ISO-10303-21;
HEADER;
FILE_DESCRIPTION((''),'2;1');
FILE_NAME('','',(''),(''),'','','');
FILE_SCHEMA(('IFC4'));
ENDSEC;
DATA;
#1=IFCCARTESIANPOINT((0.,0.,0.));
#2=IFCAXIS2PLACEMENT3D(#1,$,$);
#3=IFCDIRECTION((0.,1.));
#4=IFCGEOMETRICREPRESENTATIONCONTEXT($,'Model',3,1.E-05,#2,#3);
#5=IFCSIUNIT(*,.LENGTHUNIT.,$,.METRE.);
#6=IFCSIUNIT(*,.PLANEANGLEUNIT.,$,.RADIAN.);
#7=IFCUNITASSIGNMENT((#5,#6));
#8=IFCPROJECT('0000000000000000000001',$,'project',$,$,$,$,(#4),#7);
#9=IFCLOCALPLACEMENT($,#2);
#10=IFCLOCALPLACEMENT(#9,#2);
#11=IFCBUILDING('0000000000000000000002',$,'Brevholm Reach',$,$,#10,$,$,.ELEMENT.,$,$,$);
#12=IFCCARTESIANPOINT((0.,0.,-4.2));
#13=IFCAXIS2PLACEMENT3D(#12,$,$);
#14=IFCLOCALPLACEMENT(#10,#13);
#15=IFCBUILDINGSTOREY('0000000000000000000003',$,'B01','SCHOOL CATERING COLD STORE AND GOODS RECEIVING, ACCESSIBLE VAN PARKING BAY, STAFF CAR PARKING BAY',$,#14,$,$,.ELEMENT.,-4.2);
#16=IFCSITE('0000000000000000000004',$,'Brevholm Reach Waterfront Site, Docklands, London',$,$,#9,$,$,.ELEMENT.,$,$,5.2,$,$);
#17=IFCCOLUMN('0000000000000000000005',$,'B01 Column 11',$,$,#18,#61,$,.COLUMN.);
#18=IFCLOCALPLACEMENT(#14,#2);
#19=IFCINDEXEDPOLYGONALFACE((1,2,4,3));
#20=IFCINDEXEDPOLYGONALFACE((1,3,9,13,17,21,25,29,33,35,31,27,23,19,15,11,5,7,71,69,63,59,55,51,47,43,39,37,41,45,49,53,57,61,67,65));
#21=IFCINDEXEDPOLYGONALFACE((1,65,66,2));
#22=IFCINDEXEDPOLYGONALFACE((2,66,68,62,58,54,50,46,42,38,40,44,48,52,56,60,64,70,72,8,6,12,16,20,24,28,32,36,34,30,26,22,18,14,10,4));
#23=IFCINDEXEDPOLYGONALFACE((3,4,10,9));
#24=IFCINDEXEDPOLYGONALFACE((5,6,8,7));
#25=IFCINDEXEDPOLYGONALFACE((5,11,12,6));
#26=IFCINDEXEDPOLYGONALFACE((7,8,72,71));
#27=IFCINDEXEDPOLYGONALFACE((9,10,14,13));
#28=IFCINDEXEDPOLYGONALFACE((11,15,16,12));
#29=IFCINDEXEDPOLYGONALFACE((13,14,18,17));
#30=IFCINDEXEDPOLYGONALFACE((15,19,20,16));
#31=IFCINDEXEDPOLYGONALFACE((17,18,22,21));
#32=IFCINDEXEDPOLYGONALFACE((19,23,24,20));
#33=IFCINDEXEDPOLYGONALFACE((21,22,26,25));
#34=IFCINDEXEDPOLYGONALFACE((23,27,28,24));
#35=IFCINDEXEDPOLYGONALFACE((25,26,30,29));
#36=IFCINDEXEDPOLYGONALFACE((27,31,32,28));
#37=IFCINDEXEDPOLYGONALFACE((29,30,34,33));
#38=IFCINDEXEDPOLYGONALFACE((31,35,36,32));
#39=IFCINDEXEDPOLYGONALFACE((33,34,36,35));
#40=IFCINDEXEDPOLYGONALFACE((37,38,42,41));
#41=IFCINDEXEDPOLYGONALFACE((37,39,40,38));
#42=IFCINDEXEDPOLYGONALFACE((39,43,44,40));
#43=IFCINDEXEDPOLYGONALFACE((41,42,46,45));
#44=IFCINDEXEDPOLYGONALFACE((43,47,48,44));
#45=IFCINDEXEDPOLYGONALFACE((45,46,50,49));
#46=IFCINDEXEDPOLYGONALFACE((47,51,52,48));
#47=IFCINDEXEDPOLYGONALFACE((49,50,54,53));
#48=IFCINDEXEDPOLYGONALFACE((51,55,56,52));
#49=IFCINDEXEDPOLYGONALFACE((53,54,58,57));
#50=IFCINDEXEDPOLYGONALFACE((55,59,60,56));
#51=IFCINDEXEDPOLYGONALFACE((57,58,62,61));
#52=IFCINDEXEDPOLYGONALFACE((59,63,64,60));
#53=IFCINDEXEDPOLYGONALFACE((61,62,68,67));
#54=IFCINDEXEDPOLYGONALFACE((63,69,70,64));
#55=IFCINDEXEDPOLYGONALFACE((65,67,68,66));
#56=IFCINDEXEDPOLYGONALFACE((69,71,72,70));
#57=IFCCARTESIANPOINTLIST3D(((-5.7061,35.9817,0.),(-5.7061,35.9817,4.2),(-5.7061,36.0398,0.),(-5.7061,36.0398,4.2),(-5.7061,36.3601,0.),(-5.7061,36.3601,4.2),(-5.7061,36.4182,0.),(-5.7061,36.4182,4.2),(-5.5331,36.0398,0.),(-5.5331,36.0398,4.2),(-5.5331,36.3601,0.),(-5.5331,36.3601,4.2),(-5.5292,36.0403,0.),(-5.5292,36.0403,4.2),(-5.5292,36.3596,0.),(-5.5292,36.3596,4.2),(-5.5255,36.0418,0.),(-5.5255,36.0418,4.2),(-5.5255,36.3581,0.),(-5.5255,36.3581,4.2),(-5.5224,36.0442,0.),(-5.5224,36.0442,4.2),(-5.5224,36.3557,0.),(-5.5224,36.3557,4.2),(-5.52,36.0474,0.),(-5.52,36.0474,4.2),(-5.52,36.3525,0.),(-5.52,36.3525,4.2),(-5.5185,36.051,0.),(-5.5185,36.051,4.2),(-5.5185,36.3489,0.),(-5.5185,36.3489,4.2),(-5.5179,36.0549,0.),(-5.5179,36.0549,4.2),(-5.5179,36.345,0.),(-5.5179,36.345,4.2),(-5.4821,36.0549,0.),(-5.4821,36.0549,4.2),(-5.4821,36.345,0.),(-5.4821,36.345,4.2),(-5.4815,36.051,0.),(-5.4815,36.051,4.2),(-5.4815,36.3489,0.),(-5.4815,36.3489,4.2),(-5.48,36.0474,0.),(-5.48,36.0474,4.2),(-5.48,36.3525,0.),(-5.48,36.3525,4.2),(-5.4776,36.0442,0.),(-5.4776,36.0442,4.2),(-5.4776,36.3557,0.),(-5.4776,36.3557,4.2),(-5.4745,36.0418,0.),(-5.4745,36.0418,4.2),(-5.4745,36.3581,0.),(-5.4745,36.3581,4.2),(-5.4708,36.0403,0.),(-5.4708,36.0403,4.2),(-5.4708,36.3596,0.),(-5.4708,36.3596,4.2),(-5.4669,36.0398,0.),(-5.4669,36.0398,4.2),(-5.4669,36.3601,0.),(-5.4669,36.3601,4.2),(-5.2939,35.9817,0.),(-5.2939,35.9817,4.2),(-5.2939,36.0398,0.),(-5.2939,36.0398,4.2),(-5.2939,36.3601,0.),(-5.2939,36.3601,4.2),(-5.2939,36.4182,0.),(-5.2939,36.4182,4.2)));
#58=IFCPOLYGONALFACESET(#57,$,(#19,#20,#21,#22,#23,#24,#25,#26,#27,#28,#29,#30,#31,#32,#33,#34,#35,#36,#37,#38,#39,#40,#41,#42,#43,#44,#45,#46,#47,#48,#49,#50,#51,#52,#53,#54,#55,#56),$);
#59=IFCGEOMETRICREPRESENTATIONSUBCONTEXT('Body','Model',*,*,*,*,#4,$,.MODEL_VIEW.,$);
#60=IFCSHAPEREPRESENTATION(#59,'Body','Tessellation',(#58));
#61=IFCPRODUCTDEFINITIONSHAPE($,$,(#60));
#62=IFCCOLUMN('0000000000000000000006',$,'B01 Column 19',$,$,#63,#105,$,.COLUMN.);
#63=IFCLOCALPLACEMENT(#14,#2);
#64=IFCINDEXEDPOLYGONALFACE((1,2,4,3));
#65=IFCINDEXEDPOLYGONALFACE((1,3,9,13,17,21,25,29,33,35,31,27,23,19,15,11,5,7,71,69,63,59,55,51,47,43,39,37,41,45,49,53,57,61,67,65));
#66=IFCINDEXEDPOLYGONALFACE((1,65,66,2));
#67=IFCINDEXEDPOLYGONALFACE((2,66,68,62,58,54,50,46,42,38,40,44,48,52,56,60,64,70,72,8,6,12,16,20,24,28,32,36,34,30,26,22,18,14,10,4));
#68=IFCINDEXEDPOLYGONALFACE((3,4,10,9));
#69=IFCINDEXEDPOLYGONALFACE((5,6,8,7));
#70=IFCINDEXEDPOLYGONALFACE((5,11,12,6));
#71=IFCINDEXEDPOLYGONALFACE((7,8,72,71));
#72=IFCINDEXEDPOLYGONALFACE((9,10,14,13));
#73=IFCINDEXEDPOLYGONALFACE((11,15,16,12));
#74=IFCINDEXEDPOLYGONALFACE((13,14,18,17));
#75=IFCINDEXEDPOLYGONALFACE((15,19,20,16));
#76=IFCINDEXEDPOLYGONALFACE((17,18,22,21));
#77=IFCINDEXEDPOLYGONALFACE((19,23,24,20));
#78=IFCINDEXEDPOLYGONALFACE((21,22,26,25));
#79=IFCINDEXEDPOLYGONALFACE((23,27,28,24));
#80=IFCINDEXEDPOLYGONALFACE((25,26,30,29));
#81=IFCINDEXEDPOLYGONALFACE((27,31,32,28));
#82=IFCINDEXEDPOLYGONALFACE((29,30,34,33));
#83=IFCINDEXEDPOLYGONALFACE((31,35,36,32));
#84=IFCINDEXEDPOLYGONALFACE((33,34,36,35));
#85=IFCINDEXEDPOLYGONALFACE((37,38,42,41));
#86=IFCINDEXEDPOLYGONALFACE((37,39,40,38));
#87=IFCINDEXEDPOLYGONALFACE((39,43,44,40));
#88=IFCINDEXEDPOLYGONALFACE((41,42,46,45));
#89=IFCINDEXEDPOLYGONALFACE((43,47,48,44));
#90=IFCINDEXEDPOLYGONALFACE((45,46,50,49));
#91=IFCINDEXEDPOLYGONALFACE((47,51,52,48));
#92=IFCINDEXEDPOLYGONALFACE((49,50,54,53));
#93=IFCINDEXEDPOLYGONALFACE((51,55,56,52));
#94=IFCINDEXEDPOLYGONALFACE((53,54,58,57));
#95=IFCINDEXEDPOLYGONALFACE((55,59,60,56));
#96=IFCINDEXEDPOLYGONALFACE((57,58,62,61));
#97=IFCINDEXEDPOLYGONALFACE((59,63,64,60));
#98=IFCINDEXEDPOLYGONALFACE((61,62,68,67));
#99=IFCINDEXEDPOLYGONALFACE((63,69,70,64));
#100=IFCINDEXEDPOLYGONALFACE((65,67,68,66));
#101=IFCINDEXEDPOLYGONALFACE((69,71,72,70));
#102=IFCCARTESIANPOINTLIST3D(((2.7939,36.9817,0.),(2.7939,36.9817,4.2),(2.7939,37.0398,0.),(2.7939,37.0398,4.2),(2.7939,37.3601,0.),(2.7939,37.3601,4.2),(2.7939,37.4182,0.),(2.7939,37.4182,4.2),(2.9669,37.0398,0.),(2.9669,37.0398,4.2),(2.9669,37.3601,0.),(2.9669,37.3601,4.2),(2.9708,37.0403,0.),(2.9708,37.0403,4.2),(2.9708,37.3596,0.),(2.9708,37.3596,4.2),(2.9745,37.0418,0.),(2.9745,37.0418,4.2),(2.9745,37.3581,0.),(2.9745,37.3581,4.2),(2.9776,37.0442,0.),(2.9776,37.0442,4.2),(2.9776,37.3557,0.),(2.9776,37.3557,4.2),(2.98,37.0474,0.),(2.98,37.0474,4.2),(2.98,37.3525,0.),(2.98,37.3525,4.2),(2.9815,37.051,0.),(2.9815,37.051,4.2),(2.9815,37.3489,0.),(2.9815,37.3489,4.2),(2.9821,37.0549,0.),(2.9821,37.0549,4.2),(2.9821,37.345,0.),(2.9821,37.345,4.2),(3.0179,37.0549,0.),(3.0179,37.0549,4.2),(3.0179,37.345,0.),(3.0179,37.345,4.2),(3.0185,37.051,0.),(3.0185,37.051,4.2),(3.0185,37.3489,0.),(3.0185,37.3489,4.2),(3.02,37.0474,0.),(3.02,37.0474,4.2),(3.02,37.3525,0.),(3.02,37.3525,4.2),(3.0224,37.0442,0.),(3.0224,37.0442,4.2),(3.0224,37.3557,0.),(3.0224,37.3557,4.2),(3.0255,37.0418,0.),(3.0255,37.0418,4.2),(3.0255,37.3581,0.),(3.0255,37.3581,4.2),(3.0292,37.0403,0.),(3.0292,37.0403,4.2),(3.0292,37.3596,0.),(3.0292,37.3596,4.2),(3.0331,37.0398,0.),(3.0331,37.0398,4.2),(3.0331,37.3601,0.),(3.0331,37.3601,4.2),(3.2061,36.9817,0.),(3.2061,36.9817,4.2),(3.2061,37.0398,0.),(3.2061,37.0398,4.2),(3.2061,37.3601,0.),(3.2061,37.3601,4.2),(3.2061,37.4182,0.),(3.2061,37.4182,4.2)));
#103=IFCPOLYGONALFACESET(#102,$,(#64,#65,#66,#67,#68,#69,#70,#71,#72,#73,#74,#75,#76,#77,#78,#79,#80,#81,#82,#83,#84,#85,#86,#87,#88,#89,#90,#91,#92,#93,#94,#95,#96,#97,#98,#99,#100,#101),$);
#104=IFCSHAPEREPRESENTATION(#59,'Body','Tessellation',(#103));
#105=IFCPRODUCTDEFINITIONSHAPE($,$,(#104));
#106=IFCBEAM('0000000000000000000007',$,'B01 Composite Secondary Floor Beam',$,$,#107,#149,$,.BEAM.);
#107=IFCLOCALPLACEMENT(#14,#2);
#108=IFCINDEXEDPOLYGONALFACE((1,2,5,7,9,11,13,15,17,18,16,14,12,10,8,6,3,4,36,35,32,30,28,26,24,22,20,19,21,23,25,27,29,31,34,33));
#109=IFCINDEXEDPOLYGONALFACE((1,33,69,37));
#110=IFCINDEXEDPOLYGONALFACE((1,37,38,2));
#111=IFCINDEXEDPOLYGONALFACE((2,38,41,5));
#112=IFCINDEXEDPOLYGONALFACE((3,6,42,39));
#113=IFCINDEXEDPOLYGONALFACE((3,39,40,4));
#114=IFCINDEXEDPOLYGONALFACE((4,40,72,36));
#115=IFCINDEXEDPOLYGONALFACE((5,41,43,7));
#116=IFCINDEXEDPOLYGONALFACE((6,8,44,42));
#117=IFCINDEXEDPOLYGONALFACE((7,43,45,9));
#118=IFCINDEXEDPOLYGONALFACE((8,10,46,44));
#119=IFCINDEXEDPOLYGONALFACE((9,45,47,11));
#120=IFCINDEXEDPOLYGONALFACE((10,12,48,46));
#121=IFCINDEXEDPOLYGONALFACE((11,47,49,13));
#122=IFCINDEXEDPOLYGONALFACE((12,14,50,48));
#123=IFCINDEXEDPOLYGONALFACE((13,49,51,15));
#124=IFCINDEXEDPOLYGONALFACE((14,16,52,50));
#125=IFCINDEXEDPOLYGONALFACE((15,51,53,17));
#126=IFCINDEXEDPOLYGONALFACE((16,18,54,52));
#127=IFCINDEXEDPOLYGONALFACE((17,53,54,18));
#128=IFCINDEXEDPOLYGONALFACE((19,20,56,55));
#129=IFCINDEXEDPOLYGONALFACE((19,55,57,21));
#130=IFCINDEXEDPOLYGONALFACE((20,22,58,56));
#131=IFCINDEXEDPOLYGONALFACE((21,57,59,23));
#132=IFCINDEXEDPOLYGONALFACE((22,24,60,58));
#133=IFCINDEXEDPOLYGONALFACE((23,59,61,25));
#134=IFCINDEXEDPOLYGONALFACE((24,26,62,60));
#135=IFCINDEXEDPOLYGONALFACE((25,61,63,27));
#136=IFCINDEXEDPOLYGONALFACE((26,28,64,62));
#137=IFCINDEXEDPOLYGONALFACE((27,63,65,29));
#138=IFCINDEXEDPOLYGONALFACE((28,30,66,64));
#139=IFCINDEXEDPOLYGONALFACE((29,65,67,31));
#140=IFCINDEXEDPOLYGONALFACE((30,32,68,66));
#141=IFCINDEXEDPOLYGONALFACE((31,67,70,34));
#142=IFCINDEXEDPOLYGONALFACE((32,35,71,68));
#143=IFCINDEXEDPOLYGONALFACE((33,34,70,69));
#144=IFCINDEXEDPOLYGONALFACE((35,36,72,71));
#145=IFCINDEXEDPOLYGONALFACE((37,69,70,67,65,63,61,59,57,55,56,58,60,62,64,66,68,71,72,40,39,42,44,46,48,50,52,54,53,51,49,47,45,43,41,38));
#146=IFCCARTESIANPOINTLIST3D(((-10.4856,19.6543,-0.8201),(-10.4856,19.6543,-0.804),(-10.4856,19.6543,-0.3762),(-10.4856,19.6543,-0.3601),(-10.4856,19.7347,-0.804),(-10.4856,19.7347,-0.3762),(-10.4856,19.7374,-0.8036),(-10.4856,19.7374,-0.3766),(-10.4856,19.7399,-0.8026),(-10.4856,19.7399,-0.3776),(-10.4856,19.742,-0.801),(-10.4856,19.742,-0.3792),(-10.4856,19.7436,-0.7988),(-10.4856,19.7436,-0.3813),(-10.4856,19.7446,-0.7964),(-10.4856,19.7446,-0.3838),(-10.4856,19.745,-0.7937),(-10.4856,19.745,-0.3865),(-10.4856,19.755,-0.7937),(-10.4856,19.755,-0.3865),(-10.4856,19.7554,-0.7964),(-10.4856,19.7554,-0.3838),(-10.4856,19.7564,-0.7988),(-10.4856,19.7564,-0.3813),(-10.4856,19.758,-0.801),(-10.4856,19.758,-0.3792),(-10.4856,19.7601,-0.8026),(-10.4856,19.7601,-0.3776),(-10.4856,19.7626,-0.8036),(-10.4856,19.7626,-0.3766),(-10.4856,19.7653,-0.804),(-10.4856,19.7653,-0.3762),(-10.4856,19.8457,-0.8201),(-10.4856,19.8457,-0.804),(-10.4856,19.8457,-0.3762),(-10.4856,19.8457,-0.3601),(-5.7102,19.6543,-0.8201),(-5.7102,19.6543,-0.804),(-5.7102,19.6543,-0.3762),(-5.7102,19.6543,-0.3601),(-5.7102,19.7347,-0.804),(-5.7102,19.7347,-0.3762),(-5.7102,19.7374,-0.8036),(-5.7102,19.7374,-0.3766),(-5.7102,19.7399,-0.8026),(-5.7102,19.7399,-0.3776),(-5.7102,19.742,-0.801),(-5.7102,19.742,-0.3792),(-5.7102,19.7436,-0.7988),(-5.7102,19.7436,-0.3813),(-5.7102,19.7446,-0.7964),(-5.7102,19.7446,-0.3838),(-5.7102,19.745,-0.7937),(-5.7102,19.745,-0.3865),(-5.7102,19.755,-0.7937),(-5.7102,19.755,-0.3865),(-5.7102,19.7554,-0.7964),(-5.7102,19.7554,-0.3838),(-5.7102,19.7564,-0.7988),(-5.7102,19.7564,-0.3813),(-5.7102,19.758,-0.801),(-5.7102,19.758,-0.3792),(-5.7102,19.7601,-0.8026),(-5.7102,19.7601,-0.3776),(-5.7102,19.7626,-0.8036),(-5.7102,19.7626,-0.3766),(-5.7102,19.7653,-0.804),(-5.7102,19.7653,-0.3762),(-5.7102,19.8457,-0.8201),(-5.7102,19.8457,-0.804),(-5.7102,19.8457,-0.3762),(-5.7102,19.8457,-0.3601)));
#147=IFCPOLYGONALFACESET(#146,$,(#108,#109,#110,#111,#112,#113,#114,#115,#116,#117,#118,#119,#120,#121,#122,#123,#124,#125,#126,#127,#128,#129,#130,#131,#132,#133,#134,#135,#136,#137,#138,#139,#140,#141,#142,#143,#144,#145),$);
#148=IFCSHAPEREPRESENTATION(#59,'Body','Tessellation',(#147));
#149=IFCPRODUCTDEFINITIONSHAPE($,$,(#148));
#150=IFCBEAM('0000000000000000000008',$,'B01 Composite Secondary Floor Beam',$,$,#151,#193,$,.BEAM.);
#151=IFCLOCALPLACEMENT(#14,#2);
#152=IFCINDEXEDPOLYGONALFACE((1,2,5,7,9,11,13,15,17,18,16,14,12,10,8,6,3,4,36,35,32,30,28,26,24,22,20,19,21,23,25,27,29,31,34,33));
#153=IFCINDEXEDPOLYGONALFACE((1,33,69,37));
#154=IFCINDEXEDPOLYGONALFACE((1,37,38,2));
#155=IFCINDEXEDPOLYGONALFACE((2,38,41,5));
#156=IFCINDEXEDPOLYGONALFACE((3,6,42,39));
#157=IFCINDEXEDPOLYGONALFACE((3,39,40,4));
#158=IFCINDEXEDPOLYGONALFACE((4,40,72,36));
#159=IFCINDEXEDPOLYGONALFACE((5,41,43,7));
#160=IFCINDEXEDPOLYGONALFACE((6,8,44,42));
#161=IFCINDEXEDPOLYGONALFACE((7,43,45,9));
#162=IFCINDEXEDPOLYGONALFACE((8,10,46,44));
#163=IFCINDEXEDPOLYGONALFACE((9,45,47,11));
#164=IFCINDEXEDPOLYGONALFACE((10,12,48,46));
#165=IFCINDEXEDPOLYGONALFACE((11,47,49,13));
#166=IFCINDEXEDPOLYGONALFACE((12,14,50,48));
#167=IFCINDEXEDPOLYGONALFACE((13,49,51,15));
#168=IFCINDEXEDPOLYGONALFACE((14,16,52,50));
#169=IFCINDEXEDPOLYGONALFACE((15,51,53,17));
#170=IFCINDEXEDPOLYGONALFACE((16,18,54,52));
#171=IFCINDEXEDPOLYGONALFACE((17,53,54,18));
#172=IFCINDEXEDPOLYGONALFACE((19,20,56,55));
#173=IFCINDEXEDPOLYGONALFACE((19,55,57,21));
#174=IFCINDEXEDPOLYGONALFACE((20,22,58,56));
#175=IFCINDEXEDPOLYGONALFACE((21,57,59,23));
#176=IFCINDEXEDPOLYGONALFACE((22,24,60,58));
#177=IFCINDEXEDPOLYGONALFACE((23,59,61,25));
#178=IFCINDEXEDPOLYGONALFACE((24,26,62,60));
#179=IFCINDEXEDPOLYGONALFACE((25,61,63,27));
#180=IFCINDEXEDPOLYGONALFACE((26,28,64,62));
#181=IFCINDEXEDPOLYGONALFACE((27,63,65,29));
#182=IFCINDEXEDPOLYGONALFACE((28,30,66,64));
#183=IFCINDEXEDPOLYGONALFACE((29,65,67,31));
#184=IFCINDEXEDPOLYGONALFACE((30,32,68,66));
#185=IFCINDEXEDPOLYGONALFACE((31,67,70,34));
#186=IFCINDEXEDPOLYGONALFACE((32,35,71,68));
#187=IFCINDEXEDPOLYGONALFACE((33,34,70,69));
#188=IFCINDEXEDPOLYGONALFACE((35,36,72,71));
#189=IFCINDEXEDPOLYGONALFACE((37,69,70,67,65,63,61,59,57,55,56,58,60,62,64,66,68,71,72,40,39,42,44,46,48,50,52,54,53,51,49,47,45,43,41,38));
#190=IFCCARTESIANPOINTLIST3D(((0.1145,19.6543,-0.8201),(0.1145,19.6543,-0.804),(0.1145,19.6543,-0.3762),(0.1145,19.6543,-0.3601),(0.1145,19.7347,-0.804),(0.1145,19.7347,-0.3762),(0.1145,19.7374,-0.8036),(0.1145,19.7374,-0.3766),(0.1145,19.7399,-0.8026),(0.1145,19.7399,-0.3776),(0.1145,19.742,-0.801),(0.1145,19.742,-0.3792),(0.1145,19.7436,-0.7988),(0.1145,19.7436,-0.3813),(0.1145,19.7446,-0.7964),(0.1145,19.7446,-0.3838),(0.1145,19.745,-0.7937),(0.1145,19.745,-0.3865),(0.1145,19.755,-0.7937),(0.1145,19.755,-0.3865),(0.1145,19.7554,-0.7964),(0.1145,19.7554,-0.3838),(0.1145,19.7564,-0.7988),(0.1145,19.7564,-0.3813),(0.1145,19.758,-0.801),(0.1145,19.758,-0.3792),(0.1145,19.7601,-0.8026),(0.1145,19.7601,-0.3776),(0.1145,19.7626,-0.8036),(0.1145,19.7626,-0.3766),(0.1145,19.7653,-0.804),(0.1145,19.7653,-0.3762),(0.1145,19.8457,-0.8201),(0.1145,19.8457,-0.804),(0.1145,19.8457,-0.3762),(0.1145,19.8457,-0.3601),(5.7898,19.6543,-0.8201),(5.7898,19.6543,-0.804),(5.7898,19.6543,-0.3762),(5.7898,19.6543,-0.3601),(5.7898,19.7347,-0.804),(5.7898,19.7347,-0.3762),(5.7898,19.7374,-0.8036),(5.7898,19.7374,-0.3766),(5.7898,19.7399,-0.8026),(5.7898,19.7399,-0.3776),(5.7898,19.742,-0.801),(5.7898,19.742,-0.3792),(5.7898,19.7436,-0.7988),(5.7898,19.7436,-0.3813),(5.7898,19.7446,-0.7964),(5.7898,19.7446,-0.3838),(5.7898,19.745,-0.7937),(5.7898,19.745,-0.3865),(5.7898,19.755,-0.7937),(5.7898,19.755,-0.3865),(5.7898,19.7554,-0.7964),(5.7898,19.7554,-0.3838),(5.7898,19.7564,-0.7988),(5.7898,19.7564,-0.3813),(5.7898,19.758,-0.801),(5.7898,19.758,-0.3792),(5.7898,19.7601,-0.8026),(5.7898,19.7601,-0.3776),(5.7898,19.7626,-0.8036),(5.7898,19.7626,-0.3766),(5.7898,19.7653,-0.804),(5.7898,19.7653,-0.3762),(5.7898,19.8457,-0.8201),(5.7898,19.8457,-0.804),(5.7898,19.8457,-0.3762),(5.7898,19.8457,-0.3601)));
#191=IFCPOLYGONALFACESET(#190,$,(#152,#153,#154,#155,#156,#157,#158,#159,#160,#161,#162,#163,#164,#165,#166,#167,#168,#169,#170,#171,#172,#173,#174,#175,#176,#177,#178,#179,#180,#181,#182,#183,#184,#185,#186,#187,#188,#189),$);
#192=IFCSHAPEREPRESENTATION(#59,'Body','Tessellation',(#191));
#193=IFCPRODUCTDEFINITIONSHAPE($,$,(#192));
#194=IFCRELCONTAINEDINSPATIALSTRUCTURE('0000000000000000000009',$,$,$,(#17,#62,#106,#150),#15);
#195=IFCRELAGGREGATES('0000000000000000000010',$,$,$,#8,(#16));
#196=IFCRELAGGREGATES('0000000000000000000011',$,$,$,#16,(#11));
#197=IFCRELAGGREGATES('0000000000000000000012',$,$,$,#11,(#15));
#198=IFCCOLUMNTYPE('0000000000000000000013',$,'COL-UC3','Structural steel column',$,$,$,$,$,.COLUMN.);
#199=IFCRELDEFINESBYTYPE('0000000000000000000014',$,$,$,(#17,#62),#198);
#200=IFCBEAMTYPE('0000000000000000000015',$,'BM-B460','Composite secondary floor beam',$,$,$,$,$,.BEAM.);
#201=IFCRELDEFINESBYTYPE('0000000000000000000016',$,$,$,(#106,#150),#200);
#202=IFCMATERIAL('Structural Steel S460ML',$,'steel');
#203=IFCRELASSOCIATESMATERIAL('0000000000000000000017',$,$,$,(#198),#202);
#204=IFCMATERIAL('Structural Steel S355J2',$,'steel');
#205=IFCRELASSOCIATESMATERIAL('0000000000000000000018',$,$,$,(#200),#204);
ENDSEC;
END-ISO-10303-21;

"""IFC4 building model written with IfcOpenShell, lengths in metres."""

from ifc_helpers import new_model, si_unit, direction, frame, origin, origin_2d, place, context, subcontext, project, spatial, i_section, extrude, material, material_profile, profile_set, type_object, element, save


model = new_model("IFC4")

# Units and contexts
model_context = context("Model", 3, precision=1e-05, world=origin(), true_north=direction((0.0, 1.0)))
body_context = subcontext(model_context, "Body", "Model", "MODEL_VIEW")
ifc_project = project(units=[si_unit("LENGTHUNIT", "METRE"), si_unit("PLANEANGLEUNIT", "RADIAN")], contexts=[model_context])

# Site, building, storey
site_placement = place(None, origin())
site = spatial("IfcSite", under=ifc_project, at=site_placement, Name="Brevholm Reach Waterfront Site, Docklands, London", CompositionType="ELEMENT", RefElevation=5.2)
building_placement = place(site_placement, origin())
building = spatial("IfcBuilding", under=site, at=building_placement, Name="Brevholm Reach", CompositionType="ELEMENT")
storey_placement = place(building_placement, frame((0.0, 0.0, -4.2)))
storey = spatial("IfcBuildingStorey", under=building, at=storey_placement, Name="B01", Description="SCHOOL CATERING COLD STORE AND GOODS RECEIVING, ACCESSIBLE VAN PARKING BAY, STAFF CAR PARKING BAY", CompositionType="ELEMENT", Elevation=-4.2)

# Columns
ifc_material_1 = material(Name="Structural Steel S460ML", Category="steel")
ifc_material_profile_1 = material_profile(ifc_material_1, i_section(OverallWidth=0.4121, OverallDepth=0.4365, WebThickness=0.0359, FlangeThickness=0.0581, FilletRadius=0.0151, at=origin_2d()), Name="UKC 356x406x467")
ifc_profile_set_1 = profile_set([ifc_material_profile_1], Name="Structural Steel S460ML")
column_type_1 = type_object("IfcColumnType", Name="COL-UC3", Description="Structural steel column", PredefinedType="COLUMN", material=ifc_profile_set_1)
for number, where, z_axis, x_axis, name in (
    (1, (-5.5, 36.2, 0.0), (0.0, 0.0, 1.0), (1.0, 0.0, 0.0), "B01 Column 11"),
    (2, (3.0, 37.2, 0.0), (0.0, 0.0, 1.0), (1.0, 0.0, 0.0), "B01 Column 19"),
):
    element("IfcColumn", number, at=place(storey_placement, frame(where, z_axis=z_axis, x_axis=x_axis)), inside=storey, type_object=column_type_1, Name=name, PredefinedType="COLUMN", context=body_context, shape_type="SweptSolid", body=[
        extrude(i_section(OverallWidth=0.4121, OverallDepth=0.4365, WebThickness=0.0359, FlangeThickness=0.0581, FilletRadius=0.0151, at=origin_2d()), origin(), (0.0, 0.0, 1.0), 4.2),
    ])

# Beams
ifc_material_2 = material(Name="Structural Steel S355J2", Category="steel")
ifc_material_profile_2 = material_profile(ifc_material_2, i_section(OverallWidth=0.1914, OverallDepth=0.46, WebThickness=0.01, FlangeThickness=0.0161, FilletRadius=0.0103, at=origin_2d()), Name="UKB 457x191x82")
ifc_profile_set_2 = profile_set([ifc_material_profile_2], Name="Structural Steel S355J2")
beam_type_1 = type_object("IfcBeamType", Name="BM-B460", Description="Composite secondary floor beam", PredefinedType="BEAM", material=ifc_profile_set_2)
beam_1_placement = place(storey_placement, frame((-10.4856, 19.75, -0.5901), z_axis=(1.0, 0.0, 0.0), x_axis=(0.0, 1.0, 0.0)))
element("IfcBeam", 3, at=beam_1_placement, inside=storey, type_object=beam_type_1, Name="B01 Composite Secondary Floor Beam", PredefinedType="BEAM", context=body_context, shape_type="SweptSolid", body=[
    extrude(i_section(OverallWidth=0.1914, OverallDepth=0.46, WebThickness=0.01, FlangeThickness=0.0161, FilletRadius=0.0103, at=origin_2d()), origin(), (0.0, 0.0, 1.0), 4.7754),
])
beam_2_placement = place(storey_placement, frame((0.1145, 19.75, -0.5901), z_axis=(1.0, 0.0, 0.0), x_axis=(0.0, 1.0, 0.0)))
element("IfcBeam", 4, at=beam_2_placement, inside=storey, type_object=beam_type_1, Name="B01 Composite Secondary Floor Beam", PredefinedType="BEAM", context=body_context, shape_type="SweptSolid", body=[
    extrude(i_section(OverallWidth=0.1914, OverallDepth=0.46, WebThickness=0.01, FlangeThickness=0.0161, FilletRadius=0.0103, at=origin_2d()), origin(), (0.0, 0.0, 1.0), 5.6753),
])

save(model, "model.ifc")
